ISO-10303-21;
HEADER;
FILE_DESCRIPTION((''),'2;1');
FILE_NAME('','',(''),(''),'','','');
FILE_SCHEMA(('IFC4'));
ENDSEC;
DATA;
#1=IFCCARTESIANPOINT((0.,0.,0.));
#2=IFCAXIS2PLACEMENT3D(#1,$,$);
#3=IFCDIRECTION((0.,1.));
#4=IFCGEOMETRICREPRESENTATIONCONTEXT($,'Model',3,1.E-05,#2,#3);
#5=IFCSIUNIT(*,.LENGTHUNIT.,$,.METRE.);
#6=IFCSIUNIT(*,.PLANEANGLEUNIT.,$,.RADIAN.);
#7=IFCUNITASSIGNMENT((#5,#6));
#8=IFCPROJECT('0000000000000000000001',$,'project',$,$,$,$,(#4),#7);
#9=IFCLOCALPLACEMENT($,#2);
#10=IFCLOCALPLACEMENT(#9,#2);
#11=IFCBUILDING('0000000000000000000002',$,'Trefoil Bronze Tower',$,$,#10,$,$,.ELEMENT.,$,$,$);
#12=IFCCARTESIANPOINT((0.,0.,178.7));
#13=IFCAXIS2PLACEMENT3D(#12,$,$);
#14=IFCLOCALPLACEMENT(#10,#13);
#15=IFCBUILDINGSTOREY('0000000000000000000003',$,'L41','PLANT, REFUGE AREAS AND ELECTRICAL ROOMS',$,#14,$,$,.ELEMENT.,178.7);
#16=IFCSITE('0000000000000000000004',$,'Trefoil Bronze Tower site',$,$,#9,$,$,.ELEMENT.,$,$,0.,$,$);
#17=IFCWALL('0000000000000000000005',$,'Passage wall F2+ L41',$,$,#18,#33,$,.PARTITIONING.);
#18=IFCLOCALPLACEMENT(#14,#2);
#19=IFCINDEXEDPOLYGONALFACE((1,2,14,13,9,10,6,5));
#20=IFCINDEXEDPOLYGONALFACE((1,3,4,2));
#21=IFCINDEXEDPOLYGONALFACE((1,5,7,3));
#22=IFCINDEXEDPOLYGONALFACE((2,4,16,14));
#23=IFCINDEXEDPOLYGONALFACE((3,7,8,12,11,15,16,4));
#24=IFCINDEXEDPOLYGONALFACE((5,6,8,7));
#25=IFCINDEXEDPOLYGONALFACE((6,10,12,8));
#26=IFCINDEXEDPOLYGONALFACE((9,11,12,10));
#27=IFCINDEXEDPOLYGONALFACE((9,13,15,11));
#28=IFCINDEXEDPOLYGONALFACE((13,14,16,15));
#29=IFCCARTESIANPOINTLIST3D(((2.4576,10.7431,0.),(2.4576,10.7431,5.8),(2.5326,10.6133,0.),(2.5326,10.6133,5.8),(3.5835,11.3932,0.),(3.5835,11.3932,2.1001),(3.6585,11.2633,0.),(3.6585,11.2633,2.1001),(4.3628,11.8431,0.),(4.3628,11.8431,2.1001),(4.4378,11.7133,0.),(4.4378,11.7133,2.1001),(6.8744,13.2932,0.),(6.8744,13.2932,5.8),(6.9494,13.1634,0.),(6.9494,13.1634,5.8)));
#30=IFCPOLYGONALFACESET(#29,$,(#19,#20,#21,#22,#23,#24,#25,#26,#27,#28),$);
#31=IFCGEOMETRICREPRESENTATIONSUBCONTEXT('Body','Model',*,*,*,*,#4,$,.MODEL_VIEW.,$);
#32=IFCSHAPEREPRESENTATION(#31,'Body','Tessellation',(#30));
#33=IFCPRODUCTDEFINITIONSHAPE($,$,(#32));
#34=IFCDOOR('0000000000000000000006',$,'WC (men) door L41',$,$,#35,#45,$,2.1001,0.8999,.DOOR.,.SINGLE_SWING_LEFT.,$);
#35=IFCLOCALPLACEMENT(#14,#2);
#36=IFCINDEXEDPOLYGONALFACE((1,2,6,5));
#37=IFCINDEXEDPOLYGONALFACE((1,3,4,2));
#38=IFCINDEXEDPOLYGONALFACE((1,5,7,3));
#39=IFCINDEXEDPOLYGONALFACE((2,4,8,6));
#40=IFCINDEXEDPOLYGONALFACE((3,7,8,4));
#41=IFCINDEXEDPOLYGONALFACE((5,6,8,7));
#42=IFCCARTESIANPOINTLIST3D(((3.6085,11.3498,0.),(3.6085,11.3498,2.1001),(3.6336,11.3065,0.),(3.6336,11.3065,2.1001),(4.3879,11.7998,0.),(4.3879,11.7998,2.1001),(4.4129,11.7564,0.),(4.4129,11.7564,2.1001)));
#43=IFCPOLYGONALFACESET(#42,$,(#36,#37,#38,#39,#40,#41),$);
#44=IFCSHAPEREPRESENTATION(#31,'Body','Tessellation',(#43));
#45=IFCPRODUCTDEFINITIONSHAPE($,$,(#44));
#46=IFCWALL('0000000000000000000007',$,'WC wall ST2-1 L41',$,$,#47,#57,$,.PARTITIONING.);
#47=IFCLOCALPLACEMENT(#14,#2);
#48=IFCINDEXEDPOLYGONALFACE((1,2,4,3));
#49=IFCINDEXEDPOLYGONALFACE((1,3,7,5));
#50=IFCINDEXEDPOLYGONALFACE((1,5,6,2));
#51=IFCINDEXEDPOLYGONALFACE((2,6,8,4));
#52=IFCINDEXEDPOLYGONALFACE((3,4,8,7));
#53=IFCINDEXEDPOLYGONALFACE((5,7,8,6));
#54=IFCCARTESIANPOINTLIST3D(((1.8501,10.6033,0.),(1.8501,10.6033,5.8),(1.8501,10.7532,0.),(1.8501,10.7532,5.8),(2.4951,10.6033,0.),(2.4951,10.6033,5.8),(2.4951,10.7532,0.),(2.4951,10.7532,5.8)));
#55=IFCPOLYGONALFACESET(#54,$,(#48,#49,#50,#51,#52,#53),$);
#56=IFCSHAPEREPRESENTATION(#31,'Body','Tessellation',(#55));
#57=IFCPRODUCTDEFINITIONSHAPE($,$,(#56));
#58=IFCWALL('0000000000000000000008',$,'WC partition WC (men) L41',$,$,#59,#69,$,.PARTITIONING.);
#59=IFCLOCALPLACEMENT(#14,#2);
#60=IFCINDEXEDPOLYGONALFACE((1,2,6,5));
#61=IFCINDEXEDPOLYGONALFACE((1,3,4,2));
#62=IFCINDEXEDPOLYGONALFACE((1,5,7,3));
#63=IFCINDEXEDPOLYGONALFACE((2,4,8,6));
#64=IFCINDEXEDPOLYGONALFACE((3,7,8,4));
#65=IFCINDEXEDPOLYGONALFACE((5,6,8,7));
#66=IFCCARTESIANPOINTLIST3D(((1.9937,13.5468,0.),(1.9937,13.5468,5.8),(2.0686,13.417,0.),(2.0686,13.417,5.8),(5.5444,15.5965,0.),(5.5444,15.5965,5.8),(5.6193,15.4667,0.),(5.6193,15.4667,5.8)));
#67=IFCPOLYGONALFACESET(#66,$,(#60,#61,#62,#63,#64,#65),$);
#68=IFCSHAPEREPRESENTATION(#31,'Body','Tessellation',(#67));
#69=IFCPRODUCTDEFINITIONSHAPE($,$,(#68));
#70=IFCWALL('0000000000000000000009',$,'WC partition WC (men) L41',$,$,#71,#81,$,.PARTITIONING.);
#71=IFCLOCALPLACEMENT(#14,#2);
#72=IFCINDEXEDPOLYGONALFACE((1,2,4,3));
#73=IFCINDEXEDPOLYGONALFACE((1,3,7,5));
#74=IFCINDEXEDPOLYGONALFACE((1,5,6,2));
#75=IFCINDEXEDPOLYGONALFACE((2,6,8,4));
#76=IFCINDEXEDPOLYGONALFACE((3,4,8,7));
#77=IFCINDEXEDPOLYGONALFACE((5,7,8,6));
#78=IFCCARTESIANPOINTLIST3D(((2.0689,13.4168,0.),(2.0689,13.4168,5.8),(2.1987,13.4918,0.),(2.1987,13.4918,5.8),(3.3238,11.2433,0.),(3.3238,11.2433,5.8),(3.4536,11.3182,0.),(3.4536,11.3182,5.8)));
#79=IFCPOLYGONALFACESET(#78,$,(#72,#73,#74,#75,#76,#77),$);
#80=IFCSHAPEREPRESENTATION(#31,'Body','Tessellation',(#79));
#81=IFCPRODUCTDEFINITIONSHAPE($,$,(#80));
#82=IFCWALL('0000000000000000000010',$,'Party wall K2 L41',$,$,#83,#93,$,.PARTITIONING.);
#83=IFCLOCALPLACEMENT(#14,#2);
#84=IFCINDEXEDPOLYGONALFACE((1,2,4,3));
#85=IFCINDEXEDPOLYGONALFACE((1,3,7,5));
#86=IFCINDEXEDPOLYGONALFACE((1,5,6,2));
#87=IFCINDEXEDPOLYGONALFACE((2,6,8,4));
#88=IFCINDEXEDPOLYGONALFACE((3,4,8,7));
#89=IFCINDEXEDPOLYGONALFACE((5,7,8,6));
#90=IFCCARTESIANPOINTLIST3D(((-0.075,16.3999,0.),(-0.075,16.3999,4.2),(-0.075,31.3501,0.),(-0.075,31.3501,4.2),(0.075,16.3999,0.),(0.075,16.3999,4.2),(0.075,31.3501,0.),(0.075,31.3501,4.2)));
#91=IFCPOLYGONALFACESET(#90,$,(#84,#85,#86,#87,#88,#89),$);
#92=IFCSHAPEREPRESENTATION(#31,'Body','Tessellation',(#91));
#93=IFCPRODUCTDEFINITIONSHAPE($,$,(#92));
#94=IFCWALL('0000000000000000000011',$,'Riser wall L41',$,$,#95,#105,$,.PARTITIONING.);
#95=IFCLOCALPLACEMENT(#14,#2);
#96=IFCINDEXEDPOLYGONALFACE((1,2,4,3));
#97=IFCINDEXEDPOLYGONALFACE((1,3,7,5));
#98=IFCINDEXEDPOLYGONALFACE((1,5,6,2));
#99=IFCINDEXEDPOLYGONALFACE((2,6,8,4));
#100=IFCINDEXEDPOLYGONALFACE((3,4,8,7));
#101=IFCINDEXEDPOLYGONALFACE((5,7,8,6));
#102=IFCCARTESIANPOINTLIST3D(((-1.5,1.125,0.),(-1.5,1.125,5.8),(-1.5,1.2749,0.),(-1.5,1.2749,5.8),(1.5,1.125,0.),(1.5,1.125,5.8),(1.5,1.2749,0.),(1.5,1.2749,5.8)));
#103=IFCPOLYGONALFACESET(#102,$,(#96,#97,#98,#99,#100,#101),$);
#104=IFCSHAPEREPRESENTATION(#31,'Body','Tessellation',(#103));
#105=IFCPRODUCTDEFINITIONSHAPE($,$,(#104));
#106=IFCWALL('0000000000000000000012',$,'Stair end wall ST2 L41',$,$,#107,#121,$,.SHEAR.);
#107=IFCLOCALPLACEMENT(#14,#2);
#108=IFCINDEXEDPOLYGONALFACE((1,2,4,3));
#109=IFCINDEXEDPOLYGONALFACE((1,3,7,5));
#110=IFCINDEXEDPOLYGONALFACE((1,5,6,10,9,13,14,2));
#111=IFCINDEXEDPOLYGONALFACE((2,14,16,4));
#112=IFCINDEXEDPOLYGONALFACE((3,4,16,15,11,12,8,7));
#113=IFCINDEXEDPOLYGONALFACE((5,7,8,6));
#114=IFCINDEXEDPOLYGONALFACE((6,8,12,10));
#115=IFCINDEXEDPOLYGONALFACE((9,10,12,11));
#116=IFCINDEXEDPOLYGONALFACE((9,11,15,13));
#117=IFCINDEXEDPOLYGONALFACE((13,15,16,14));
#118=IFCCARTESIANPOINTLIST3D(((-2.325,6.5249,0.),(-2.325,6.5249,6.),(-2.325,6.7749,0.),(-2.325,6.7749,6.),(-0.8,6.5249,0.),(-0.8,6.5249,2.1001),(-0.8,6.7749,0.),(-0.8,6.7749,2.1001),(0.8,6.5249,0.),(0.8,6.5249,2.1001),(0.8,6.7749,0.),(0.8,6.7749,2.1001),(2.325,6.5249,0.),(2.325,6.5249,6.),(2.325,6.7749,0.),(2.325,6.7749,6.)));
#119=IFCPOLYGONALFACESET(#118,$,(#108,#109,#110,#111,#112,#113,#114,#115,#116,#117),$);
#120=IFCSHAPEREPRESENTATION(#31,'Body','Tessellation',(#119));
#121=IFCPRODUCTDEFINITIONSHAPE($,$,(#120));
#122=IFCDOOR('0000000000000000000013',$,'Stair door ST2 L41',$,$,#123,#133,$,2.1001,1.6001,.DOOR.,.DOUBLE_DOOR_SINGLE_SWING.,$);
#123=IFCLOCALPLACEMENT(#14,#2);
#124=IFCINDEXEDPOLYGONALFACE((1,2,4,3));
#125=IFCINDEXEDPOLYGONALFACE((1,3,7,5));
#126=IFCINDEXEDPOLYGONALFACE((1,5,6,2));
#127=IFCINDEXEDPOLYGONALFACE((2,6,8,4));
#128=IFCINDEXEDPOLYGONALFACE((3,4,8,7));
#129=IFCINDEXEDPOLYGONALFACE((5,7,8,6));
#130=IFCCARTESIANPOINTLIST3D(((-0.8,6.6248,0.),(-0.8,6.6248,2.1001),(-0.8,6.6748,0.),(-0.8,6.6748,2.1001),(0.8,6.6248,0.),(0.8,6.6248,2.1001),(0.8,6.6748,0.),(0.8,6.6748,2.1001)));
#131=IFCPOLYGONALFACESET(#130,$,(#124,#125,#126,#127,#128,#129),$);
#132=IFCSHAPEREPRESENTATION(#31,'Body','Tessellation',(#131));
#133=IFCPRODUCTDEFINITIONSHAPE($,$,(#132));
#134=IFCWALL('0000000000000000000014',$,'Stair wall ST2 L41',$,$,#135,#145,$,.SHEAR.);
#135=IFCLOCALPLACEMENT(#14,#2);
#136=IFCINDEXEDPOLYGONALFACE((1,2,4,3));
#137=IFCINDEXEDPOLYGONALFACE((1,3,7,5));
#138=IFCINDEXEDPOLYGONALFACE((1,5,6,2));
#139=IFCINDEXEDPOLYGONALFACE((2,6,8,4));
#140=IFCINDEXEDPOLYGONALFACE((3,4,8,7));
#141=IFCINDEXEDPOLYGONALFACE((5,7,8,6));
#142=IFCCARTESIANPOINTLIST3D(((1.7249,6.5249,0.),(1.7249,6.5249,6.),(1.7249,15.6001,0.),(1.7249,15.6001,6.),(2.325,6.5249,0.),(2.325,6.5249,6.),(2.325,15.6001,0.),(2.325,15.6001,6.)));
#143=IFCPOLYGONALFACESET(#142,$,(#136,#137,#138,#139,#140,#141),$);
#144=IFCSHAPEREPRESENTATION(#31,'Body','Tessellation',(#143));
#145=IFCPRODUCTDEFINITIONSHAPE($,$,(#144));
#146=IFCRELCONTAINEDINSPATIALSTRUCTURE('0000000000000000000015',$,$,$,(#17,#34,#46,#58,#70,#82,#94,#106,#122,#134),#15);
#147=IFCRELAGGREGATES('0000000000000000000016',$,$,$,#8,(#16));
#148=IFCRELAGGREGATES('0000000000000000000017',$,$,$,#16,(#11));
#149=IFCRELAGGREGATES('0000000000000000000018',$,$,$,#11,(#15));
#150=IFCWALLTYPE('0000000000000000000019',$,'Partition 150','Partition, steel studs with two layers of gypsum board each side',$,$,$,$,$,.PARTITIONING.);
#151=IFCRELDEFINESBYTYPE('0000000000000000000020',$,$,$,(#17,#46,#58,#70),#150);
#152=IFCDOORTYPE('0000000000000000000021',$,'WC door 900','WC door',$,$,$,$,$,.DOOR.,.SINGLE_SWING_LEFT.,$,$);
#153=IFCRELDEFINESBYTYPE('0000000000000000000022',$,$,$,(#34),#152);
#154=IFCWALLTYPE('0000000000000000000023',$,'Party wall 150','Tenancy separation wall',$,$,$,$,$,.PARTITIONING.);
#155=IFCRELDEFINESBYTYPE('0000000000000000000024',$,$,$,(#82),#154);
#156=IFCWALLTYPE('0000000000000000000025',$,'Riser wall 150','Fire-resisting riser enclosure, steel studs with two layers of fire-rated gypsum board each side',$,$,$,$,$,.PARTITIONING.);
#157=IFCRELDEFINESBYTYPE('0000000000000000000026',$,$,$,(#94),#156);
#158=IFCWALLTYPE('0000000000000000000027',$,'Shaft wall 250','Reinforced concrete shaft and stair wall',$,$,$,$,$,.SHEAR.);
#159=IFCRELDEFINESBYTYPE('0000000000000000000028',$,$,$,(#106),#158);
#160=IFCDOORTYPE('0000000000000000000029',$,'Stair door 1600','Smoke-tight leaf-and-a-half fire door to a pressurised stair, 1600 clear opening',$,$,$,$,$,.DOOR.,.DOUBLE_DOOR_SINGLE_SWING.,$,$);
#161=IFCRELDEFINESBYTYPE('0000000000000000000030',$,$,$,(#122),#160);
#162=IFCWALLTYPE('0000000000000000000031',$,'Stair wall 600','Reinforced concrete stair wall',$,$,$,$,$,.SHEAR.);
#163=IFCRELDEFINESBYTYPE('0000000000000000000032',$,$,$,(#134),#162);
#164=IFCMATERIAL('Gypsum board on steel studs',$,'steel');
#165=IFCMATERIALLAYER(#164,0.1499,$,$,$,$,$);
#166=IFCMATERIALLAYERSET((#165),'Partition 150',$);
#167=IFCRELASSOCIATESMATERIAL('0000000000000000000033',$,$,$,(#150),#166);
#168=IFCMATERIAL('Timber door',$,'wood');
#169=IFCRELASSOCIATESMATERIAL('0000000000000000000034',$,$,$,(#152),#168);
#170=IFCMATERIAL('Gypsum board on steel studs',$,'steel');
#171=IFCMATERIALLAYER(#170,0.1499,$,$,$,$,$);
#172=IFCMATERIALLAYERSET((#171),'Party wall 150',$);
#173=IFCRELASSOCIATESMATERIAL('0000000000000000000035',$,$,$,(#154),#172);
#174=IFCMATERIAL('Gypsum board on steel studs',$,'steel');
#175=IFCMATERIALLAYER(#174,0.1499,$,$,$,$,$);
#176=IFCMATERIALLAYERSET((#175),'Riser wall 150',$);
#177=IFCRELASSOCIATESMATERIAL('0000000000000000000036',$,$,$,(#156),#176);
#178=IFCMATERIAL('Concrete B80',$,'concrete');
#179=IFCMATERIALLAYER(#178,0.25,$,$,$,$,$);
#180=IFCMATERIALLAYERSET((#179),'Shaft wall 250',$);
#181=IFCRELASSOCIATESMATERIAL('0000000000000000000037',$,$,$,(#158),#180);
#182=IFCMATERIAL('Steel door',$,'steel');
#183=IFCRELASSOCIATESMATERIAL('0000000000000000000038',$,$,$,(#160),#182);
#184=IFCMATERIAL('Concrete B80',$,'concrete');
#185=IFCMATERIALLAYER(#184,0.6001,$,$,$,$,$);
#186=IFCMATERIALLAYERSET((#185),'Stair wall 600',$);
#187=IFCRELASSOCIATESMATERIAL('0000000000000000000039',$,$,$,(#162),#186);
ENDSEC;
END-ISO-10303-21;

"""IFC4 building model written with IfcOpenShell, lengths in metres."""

from ifc_helpers import new_model, si_unit, direction, frame, frame_2d, origin, place, context, subcontext, project, spatial, rectangle, extrude, material, layer, layer_set, type_object, element, fill, save


model = new_model("IFC4")

# Units and contexts
model_context = context("Model", 3, precision=1e-05, world=origin(), true_north=direction((0.0, 1.0)))
body_context = subcontext(model_context, "Body", "Model", "MODEL_VIEW")
ifc_project = project(units=[si_unit("LENGTHUNIT", "METRE"), si_unit("PLANEANGLEUNIT", "RADIAN")], contexts=[model_context])

# Site, building, storey
site_placement = place(None, origin())
site = spatial("IfcSite", under=ifc_project, at=site_placement, Name="Trefoil Bronze Tower site", CompositionType="ELEMENT", RefElevation=0.0)
building_placement = place(site_placement, origin())
building = spatial("IfcBuilding", under=site, at=building_placement, Name="Trefoil Bronze Tower", CompositionType="ELEMENT")
storey_placement = place(building_placement, frame((0.0, 0.0, 178.7)))
storey = spatial("IfcBuildingStorey", under=building, at=storey_placement, Name="L41", Description="PLANT, REFUGE AREAS AND ELECTRICAL ROOMS", CompositionType="ELEMENT", Elevation=178.7)

# Wall, opening, door
ifc_material_1 = material(Name="Gypsum board on steel studs", Category="steel")
ifc_layer_1 = layer(ifc_material_1, 0.1499)
ifc_layer_set_1 = layer_set([ifc_layer_1], Name="Partition 150")
wall_type_1 = type_object("IfcWallType", Name="Partition 150", Description="Partition, steel studs with two layers of gypsum board each side", PredefinedType="PARTITIONING", material=ifc_layer_set_1)
wall_1_placement = place(storey_placement, frame((2.4951, 10.6782, 0.0), z_axis=(0.0, 0.0, 1.0), x_axis=(0.866022, 0.500006, 0.0)))
wall_1 = element("IfcWall", 1, at=wall_1_placement, inside=storey, type_object=wall_type_1, Name="Passage wall F2+ L41", PredefinedType="PARTITIONING", context=body_context, shape_type="SweptSolid", body=[
    extrude(rectangle(XDim=5.1001, YDim=0.1499, at=frame_2d((2.55, 0.0))), origin(), (0.0, 0.0, 1.0), 5.8),
])
opening_1_placement = place(wall_1_placement, frame((1.3, 0.0, 0.0)))
opening_1 = element("IfcOpeningElement", 2, at=opening_1_placement, cuts=wall_1, PredefinedType="OPENING", context=body_context, shape_type="SweptSolid", body=[
    extrude(rectangle(XDim=0.8999, YDim=2.1001, at=frame_2d((0.45, 1.05))), frame((0.0, 0.085, 0.0), z_axis=(0.0, -1.0, 0.0), x_axis=(1.0, 0.0, 0.0)), (0.0, 0.0, 1.0), 0.1699),
])
ifc_material_2 = material(Name="Timber door", Category="wood")
door_type_1 = type_object("IfcDoorType", Name="WC door 900", Description="WC door", OperationType="SINGLE_SWING_LEFT", PredefinedType="DOOR", material=ifc_material_2)
door_1_placement = place(opening_1_placement, origin())
door_1 = element("IfcDoor", 3, at=door_1_placement, inside=storey, type_object=door_type_1, Name="WC (men) door L41", OperationType="SINGLE_SWING_LEFT", OverallHeight=2.1001, OverallWidth=0.8999, PredefinedType="DOOR", context=body_context, shape_type="SweptSolid", body=[
    extrude(rectangle(XDim=0.8999, YDim=2.1001, at=frame_2d((0.45, 1.05))), frame((0.0, 0.0249, 0.0), z_axis=(0.0, -1.0, 0.0), x_axis=(1.0, 0.0, 0.0)), (0.0, 0.0, 1.0), 0.05),
])
fill(opening_1, door_1)

# Walls
wall_2_placement = place(storey_placement, frame((2.4951, 10.6782, 0.0), z_axis=(0.0, 0.0, 1.0), x_axis=(-1.0, 0.0, 0.0)))
element("IfcWall", 4, at=wall_2_placement, inside=storey, type_object=wall_type_1, Name="WC wall ST2-1 L41", PredefinedType="PARTITIONING", context=body_context, shape_type="SweptSolid", body=[
    extrude(rectangle(XDim=0.645, YDim=0.1499, at=frame_2d((0.3225, 0.0))), origin(), (0.0, 0.0, 1.0), 5.8),
])
wall_3_placement = place(storey_placement, frame((2.0312, 13.4819, 0.0), z_axis=(0.0, 0.0, 1.0), x_axis=(0.866051, 0.499956, 0.0)))
element("IfcWall", 5, at=wall_3_placement, inside=storey, type_object=wall_type_1, Name="WC partition WC (men) L41", PredefinedType="PARTITIONING", context=body_context, shape_type="SweptSolid", body=[
    extrude(rectangle(XDim=4.0999, YDim=0.1499, at=frame_2d((2.0498, 0.0))), origin(), (0.0, 0.0, 1.0), 5.8),
])
wall_4_placement = place(storey_placement, frame((3.3887, 11.2808, 0.0), z_axis=(0.0, 0.0, 1.0), x_axis=(-0.499989, 0.866032, 0.0)))
element("IfcWall", 6, at=wall_4_placement, inside=storey, type_object=wall_type_1, Name="WC partition WC (men) L41", PredefinedType="PARTITIONING", context=body_context, shape_type="SweptSolid", body=[
    extrude(rectangle(XDim=2.5098, YDim=0.1499, at=frame_2d((1.2549, 0.0))), origin(), (0.0, 0.0, 1.0), 5.8),
])
ifc_material_3 = material(Name="Gypsum board on steel studs", Category="steel")
ifc_layer_2 = layer(ifc_material_3, 0.1499)
ifc_layer_set_2 = layer_set([ifc_layer_2], Name="Party wall 150")
wall_type_2 = type_object("IfcWallType", Name="Party wall 150", Description="Tenancy separation wall", PredefinedType="PARTITIONING", material=ifc_layer_set_2)
wall_5_placement = place(storey_placement, frame((0.0, 16.3999, 0.0), z_axis=(0.0, 0.0, 1.0), x_axis=(0.0, 1.0, 0.0)))
element("IfcWall", 7, at=wall_5_placement, inside=storey, type_object=wall_type_2, Name="Party wall K2 L41", PredefinedType="PARTITIONING", context=body_context, shape_type="SweptSolid", body=[
    extrude(rectangle(XDim=14.9502, YDim=0.1499, at=frame_2d((7.4751, 0.0))), origin(), (0.0, 0.0, 1.0), 4.2),
])
ifc_material_4 = material(Name="Gypsum board on steel studs", Category="steel")
ifc_layer_3 = layer(ifc_material_4, 0.1499)
ifc_layer_set_3 = layer_set([ifc_layer_3], Name="Riser wall 150")
wall_type_3 = type_object("IfcWallType", Name="Riser wall 150", Description="Fire-resisting riser enclosure, steel studs with two layers of fire-rated gypsum board each side", PredefinedType="PARTITIONING", material=ifc_layer_set_3)
wall_6_placement = place(storey_placement, frame((1.5, 1.2, 0.0), z_axis=(0.0, 0.0, 1.0), x_axis=(-1.0, 0.0, 0.0)))
element("IfcWall", 8, at=wall_6_placement, inside=storey, type_object=wall_type_3, Name="Riser wall L41", PredefinedType="PARTITIONING", context=body_context, shape_type="SweptSolid", body=[
    extrude(rectangle(XDim=3.0, YDim=0.1499, at=frame_2d((1.5, 0.0))), origin(), (0.0, 0.0, 1.0), 5.8),
])

# Wall, opening, door
ifc_material_5 = material(Name="Concrete B80", Category="concrete")
ifc_layer_4 = layer(ifc_material_5, 0.25)
ifc_layer_set_4 = layer_set([ifc_layer_4], Name="Shaft wall 250")
wall_type_4 = type_object("IfcWallType", Name="Shaft wall 250", Description="Reinforced concrete shaft and stair wall", PredefinedType="SHEAR", material=ifc_layer_set_4)
wall_7_placement = place(storey_placement, frame((2.325, 6.6499, 0.0), z_axis=(0.0, 0.0, 1.0), x_axis=(-1.0, 0.0, 0.0)))
wall_7 = element("IfcWall", 9, at=wall_7_placement, inside=storey, type_object=wall_type_4, Name="Stair end wall ST2 L41", PredefinedType="SHEAR", context=body_context, shape_type="SweptSolid", body=[
    extrude(rectangle(XDim=4.6499, YDim=0.25, at=frame_2d((2.325, 0.0))), origin(), (0.0, 0.0, 1.0), 6.0),
])
opening_2_placement = place(wall_7_placement, frame((1.5249, 0.0, 0.0)))
opening_2 = element("IfcOpeningElement", 10, at=opening_2_placement, cuts=wall_7, PredefinedType="OPENING", context=body_context, shape_type="SweptSolid", body=[
    extrude(rectangle(XDim=1.6001, YDim=2.1001, at=frame_2d((0.8, 1.05))), frame((0.0, 0.135, 0.0), z_axis=(0.0, -1.0, 0.0), x_axis=(1.0, 0.0, 0.0)), (0.0, 0.0, 1.0), 0.27),
])
ifc_material_6 = material(Name="Steel door", Category="steel")
door_type_2 = type_object("IfcDoorType", Name="Stair door 1600", Description="Smoke-tight leaf-and-a-half fire door to a pressurised stair, 1600 clear opening", OperationType="DOUBLE_DOOR_SINGLE_SWING", PredefinedType="DOOR", material=ifc_material_6)
door_2_placement = place(opening_2_placement, frame((1.6001, 0.0, 0.0), z_axis=(0.0, 0.0, 1.0), x_axis=(-1.0, 0.0, 0.0)))
door_2 = element("IfcDoor", 11, at=door_2_placement, inside=storey, type_object=door_type_2, Name="Stair door ST2 L41", OperationType="DOUBLE_DOOR_SINGLE_SWING", OverallHeight=2.1001, OverallWidth=1.6001, PredefinedType="DOOR", context=body_context, shape_type="SweptSolid", body=[
    extrude(rectangle(XDim=1.6001, YDim=2.1001, at=frame_2d((0.8, 1.05))), frame((0.0, 0.0249, 0.0), z_axis=(0.0, -1.0, 0.0), x_axis=(1.0, 0.0, 0.0)), (0.0, 0.0, 1.0), 0.05),
])
fill(opening_2, door_2)

# Wall
ifc_material_7 = material(Name="Concrete B80", Category="concrete")
ifc_layer_5 = layer(ifc_material_7, 0.6001)
ifc_layer_set_5 = layer_set([ifc_layer_5], Name="Stair wall 600")
wall_type_5 = type_object("IfcWallType", Name="Stair wall 600", Description="Reinforced concrete stair wall", PredefinedType="SHEAR", material=ifc_layer_set_5)
wall_8_placement = place(storey_placement, frame((2.0249, 6.5249, 0.0), z_axis=(0.0, 0.0, 1.0), x_axis=(0.0, 1.0, 0.0)))
element("IfcWall", 12, at=wall_8_placement, inside=storey, type_object=wall_type_5, Name="Stair wall ST2 L41", PredefinedType="SHEAR", context=body_context, shape_type="SweptSolid", body=[
    extrude(rectangle(XDim=9.0752, YDim=0.6001, at=frame_2d((4.5376, 0.0))), origin(), (0.0, 0.0, 1.0), 6.0),
])

save(model, "model.ifc")
